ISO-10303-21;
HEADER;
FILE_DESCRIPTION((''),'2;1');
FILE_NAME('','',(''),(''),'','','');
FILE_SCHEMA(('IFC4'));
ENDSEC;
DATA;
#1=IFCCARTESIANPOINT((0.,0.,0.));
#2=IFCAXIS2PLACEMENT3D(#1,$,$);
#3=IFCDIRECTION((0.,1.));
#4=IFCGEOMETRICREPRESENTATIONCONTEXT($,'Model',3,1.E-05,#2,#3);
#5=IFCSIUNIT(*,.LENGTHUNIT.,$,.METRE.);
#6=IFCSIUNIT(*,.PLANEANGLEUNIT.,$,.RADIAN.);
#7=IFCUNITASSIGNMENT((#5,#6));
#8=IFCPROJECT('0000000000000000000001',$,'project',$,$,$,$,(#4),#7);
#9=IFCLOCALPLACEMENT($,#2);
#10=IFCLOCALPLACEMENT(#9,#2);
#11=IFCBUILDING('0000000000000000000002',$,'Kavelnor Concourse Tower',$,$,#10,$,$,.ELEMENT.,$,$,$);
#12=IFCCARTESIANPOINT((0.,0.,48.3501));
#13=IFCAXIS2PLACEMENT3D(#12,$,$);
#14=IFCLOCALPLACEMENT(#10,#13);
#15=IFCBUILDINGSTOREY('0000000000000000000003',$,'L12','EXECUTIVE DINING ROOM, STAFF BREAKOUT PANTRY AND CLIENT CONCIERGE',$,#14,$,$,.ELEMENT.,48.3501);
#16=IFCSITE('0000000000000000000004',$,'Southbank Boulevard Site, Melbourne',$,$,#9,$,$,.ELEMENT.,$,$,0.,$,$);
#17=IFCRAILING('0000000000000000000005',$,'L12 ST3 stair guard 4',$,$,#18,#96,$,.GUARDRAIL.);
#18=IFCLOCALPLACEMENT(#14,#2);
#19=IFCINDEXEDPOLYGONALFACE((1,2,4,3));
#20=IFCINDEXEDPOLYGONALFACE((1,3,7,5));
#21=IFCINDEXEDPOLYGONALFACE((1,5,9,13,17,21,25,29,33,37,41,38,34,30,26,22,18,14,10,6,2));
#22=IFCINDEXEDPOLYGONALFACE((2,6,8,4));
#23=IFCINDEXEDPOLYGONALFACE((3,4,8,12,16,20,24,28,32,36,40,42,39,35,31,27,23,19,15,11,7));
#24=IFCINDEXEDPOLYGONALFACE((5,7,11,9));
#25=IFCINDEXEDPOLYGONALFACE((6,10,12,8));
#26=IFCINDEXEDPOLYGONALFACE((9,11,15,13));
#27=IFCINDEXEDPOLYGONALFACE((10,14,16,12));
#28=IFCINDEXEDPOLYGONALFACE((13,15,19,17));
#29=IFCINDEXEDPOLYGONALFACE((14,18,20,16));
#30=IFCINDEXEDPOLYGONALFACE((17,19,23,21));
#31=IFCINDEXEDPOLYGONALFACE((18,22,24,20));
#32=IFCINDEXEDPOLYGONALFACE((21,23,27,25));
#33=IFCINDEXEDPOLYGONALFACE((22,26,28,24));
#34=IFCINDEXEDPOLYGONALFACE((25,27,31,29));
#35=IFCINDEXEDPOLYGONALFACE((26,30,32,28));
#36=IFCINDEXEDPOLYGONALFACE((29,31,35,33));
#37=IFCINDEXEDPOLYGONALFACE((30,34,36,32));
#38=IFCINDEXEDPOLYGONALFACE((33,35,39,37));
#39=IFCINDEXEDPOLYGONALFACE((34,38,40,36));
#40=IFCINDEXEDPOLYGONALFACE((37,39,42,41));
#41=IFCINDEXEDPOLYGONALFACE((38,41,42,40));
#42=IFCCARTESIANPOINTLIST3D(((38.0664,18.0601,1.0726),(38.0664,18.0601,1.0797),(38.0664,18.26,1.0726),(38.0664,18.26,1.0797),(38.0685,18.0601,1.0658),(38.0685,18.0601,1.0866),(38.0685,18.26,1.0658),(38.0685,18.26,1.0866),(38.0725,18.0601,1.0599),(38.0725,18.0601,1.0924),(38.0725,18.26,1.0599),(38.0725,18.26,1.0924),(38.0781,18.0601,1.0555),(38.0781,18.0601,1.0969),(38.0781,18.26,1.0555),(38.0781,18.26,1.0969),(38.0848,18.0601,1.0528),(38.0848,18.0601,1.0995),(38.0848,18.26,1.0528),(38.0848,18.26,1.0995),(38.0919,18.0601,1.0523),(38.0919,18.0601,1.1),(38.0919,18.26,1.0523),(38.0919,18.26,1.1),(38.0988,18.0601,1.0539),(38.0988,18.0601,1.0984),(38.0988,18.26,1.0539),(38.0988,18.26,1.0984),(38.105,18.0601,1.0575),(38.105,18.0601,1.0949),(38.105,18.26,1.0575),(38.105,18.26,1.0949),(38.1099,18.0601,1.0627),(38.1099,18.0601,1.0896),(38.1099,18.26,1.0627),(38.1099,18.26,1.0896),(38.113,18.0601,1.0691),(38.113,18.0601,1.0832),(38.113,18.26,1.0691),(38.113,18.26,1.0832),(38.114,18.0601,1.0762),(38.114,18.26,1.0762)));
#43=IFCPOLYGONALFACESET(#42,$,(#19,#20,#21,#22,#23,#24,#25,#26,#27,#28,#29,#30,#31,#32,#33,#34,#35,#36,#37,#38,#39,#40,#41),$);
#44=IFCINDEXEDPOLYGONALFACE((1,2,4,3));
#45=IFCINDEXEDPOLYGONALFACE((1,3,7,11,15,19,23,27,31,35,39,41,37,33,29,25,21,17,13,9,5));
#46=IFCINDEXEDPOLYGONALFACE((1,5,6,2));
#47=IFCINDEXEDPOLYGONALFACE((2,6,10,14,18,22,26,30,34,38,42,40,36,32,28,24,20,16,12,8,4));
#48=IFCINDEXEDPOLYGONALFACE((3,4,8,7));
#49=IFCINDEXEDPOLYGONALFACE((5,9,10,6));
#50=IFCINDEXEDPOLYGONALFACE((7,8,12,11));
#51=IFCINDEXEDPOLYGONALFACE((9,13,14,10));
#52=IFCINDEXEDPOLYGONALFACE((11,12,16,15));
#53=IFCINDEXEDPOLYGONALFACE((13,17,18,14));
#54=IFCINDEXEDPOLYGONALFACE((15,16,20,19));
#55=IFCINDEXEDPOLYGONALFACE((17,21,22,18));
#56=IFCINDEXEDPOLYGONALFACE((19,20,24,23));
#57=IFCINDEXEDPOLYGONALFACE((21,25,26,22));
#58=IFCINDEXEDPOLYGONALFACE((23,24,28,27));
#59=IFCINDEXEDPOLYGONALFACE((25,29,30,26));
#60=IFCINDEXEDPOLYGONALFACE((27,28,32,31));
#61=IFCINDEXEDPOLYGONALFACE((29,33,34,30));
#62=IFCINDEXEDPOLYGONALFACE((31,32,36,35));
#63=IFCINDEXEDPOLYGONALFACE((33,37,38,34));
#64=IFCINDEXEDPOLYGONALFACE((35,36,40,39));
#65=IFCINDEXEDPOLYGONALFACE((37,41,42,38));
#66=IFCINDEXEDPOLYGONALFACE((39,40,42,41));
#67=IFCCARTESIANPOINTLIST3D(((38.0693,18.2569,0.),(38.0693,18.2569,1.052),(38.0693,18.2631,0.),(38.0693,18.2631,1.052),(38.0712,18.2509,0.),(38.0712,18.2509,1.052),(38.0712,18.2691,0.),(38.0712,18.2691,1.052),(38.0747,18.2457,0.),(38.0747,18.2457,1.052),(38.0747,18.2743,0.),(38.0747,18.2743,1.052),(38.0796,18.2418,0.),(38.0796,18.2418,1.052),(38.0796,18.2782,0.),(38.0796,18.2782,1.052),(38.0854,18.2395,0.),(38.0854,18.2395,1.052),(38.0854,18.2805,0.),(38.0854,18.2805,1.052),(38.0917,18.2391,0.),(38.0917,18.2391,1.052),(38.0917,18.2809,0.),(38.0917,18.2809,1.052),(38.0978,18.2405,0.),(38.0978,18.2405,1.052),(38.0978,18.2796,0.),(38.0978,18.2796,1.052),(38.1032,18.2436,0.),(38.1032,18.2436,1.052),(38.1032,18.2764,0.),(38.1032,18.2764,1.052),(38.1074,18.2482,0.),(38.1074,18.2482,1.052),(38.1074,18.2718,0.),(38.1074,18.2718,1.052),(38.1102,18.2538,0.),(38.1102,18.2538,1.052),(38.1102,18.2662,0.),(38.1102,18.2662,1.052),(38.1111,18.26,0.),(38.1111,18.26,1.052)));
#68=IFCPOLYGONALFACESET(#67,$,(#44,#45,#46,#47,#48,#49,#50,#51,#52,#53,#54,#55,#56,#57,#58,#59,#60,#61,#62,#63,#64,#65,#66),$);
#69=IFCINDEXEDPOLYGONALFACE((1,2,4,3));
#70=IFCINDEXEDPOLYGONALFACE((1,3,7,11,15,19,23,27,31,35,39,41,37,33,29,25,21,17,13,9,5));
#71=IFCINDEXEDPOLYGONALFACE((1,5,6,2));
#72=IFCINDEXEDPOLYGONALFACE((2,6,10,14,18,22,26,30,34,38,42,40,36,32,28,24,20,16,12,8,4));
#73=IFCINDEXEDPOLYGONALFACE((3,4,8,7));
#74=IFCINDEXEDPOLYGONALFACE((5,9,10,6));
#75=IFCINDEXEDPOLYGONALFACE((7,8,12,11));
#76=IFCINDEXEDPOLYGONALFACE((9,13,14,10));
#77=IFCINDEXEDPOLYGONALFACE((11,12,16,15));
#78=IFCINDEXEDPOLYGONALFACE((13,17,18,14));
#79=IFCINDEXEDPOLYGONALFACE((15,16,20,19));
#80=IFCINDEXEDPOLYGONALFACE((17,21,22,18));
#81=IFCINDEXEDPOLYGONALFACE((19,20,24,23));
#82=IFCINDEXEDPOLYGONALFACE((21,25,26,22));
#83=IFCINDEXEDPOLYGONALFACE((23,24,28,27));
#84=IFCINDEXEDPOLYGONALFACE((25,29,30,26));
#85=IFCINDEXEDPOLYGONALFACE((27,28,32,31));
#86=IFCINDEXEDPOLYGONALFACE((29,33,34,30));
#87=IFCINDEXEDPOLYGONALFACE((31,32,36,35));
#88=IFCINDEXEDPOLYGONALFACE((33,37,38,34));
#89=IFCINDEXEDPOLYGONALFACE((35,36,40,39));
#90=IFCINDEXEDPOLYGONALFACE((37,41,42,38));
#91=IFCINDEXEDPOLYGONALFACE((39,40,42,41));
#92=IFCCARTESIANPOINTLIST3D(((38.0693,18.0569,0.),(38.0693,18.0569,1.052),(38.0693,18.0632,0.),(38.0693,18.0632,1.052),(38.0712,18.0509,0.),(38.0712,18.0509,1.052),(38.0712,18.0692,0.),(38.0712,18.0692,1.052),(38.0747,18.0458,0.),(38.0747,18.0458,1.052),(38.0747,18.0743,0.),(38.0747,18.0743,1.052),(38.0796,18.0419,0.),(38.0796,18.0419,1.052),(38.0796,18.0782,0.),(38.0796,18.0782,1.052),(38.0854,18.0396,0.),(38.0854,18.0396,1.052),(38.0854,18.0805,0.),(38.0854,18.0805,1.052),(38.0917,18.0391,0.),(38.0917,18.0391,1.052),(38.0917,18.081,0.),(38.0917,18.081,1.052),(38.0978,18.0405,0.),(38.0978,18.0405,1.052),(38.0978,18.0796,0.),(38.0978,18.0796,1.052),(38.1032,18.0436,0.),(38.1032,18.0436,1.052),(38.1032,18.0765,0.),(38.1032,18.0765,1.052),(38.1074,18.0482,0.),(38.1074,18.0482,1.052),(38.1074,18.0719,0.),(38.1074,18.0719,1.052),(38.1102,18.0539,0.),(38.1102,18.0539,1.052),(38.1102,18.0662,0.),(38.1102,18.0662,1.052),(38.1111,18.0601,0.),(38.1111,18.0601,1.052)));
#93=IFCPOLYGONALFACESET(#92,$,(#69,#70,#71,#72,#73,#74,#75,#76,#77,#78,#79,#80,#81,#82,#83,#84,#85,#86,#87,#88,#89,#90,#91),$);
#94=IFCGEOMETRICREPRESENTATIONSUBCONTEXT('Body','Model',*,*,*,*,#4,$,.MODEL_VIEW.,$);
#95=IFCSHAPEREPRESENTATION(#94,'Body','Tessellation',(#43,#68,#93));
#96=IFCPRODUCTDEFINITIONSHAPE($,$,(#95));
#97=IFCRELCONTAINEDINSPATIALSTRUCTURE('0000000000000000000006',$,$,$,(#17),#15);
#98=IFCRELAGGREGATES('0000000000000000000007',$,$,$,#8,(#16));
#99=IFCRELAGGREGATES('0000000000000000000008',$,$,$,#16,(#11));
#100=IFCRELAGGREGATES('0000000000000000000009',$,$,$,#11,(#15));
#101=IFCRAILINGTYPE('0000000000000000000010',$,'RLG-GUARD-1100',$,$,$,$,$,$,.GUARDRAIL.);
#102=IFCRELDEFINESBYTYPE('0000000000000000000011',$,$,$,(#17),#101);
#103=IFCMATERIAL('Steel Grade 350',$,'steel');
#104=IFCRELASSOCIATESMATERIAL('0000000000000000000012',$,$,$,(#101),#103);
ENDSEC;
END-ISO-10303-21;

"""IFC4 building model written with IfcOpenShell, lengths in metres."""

from ifc_helpers import new_model, si_unit, direction, frame, origin, origin_2d, place, context, subcontext, project, spatial, circle, extrude, material, type_object, element, save


model = new_model("IFC4")

# Units and contexts
model_context = context("Model", 3, precision=1e-05, world=origin(), true_north=direction((0.0, 1.0)))
body_context = subcontext(model_context, "Body", "Model", "MODEL_VIEW")
ifc_project = project(units=[si_unit("LENGTHUNIT", "METRE"), si_unit("PLANEANGLEUNIT", "RADIAN")], contexts=[model_context])

# Site, building, storey
site_placement = place(None, origin())
site = spatial("IfcSite", under=ifc_project, at=site_placement, Name="Southbank Boulevard Site, Melbourne", CompositionType="ELEMENT", RefElevation=0.0)
building_placement = place(site_placement, origin())
building = spatial("IfcBuilding", under=site, at=building_placement, Name="Kavelnor Concourse Tower", CompositionType="ELEMENT")
storey_placement = place(building_placement, frame((0.0, 0.0, 48.3501)))
storey = spatial("IfcBuildingStorey", under=building, at=storey_placement, Name="L12", Description="EXECUTIVE DINING ROOM, STAFF BREAKOUT PANTRY AND CLIENT CONCIERGE", CompositionType="ELEMENT", Elevation=48.3501)

# Shared definitions
ifc_material_1 = material(Name="Steel Grade 350", Category="steel")

# Railing
railing_type_1 = type_object("IfcRailingType", Name="RLG-GUARD-1100", PredefinedType="GUARDRAIL", material=ifc_material_1)
railing_1_placement = place(storey_placement, frame((38.0901, 18.26, 0.0)))
element("IfcRailing", 1, at=railing_1_placement, inside=storey, type_object=railing_type_1, Name="L12 ST3 stair guard 4", PredefinedType="GUARDRAIL", context=body_context, shape_type="SweptSolid", body=[
    extrude(circle(Radius=0.0239, at=origin_2d()), frame((0.0, 0.0, 1.0762), z_axis=(0.0, -1.0, 0.0), x_axis=(1.0, 0.0, 0.0)), (0.0, 0.0, 1.0), 0.2),
    extrude(circle(Radius=0.021, at=origin_2d()), origin(), (0.0, 0.0, 1.0), 1.052),
    extrude(circle(Radius=0.021, at=origin_2d()), frame((0.0, -0.2, 0.0)), (0.0, 0.0, 1.0), 1.052),
])

save(model, "model.ifc")
